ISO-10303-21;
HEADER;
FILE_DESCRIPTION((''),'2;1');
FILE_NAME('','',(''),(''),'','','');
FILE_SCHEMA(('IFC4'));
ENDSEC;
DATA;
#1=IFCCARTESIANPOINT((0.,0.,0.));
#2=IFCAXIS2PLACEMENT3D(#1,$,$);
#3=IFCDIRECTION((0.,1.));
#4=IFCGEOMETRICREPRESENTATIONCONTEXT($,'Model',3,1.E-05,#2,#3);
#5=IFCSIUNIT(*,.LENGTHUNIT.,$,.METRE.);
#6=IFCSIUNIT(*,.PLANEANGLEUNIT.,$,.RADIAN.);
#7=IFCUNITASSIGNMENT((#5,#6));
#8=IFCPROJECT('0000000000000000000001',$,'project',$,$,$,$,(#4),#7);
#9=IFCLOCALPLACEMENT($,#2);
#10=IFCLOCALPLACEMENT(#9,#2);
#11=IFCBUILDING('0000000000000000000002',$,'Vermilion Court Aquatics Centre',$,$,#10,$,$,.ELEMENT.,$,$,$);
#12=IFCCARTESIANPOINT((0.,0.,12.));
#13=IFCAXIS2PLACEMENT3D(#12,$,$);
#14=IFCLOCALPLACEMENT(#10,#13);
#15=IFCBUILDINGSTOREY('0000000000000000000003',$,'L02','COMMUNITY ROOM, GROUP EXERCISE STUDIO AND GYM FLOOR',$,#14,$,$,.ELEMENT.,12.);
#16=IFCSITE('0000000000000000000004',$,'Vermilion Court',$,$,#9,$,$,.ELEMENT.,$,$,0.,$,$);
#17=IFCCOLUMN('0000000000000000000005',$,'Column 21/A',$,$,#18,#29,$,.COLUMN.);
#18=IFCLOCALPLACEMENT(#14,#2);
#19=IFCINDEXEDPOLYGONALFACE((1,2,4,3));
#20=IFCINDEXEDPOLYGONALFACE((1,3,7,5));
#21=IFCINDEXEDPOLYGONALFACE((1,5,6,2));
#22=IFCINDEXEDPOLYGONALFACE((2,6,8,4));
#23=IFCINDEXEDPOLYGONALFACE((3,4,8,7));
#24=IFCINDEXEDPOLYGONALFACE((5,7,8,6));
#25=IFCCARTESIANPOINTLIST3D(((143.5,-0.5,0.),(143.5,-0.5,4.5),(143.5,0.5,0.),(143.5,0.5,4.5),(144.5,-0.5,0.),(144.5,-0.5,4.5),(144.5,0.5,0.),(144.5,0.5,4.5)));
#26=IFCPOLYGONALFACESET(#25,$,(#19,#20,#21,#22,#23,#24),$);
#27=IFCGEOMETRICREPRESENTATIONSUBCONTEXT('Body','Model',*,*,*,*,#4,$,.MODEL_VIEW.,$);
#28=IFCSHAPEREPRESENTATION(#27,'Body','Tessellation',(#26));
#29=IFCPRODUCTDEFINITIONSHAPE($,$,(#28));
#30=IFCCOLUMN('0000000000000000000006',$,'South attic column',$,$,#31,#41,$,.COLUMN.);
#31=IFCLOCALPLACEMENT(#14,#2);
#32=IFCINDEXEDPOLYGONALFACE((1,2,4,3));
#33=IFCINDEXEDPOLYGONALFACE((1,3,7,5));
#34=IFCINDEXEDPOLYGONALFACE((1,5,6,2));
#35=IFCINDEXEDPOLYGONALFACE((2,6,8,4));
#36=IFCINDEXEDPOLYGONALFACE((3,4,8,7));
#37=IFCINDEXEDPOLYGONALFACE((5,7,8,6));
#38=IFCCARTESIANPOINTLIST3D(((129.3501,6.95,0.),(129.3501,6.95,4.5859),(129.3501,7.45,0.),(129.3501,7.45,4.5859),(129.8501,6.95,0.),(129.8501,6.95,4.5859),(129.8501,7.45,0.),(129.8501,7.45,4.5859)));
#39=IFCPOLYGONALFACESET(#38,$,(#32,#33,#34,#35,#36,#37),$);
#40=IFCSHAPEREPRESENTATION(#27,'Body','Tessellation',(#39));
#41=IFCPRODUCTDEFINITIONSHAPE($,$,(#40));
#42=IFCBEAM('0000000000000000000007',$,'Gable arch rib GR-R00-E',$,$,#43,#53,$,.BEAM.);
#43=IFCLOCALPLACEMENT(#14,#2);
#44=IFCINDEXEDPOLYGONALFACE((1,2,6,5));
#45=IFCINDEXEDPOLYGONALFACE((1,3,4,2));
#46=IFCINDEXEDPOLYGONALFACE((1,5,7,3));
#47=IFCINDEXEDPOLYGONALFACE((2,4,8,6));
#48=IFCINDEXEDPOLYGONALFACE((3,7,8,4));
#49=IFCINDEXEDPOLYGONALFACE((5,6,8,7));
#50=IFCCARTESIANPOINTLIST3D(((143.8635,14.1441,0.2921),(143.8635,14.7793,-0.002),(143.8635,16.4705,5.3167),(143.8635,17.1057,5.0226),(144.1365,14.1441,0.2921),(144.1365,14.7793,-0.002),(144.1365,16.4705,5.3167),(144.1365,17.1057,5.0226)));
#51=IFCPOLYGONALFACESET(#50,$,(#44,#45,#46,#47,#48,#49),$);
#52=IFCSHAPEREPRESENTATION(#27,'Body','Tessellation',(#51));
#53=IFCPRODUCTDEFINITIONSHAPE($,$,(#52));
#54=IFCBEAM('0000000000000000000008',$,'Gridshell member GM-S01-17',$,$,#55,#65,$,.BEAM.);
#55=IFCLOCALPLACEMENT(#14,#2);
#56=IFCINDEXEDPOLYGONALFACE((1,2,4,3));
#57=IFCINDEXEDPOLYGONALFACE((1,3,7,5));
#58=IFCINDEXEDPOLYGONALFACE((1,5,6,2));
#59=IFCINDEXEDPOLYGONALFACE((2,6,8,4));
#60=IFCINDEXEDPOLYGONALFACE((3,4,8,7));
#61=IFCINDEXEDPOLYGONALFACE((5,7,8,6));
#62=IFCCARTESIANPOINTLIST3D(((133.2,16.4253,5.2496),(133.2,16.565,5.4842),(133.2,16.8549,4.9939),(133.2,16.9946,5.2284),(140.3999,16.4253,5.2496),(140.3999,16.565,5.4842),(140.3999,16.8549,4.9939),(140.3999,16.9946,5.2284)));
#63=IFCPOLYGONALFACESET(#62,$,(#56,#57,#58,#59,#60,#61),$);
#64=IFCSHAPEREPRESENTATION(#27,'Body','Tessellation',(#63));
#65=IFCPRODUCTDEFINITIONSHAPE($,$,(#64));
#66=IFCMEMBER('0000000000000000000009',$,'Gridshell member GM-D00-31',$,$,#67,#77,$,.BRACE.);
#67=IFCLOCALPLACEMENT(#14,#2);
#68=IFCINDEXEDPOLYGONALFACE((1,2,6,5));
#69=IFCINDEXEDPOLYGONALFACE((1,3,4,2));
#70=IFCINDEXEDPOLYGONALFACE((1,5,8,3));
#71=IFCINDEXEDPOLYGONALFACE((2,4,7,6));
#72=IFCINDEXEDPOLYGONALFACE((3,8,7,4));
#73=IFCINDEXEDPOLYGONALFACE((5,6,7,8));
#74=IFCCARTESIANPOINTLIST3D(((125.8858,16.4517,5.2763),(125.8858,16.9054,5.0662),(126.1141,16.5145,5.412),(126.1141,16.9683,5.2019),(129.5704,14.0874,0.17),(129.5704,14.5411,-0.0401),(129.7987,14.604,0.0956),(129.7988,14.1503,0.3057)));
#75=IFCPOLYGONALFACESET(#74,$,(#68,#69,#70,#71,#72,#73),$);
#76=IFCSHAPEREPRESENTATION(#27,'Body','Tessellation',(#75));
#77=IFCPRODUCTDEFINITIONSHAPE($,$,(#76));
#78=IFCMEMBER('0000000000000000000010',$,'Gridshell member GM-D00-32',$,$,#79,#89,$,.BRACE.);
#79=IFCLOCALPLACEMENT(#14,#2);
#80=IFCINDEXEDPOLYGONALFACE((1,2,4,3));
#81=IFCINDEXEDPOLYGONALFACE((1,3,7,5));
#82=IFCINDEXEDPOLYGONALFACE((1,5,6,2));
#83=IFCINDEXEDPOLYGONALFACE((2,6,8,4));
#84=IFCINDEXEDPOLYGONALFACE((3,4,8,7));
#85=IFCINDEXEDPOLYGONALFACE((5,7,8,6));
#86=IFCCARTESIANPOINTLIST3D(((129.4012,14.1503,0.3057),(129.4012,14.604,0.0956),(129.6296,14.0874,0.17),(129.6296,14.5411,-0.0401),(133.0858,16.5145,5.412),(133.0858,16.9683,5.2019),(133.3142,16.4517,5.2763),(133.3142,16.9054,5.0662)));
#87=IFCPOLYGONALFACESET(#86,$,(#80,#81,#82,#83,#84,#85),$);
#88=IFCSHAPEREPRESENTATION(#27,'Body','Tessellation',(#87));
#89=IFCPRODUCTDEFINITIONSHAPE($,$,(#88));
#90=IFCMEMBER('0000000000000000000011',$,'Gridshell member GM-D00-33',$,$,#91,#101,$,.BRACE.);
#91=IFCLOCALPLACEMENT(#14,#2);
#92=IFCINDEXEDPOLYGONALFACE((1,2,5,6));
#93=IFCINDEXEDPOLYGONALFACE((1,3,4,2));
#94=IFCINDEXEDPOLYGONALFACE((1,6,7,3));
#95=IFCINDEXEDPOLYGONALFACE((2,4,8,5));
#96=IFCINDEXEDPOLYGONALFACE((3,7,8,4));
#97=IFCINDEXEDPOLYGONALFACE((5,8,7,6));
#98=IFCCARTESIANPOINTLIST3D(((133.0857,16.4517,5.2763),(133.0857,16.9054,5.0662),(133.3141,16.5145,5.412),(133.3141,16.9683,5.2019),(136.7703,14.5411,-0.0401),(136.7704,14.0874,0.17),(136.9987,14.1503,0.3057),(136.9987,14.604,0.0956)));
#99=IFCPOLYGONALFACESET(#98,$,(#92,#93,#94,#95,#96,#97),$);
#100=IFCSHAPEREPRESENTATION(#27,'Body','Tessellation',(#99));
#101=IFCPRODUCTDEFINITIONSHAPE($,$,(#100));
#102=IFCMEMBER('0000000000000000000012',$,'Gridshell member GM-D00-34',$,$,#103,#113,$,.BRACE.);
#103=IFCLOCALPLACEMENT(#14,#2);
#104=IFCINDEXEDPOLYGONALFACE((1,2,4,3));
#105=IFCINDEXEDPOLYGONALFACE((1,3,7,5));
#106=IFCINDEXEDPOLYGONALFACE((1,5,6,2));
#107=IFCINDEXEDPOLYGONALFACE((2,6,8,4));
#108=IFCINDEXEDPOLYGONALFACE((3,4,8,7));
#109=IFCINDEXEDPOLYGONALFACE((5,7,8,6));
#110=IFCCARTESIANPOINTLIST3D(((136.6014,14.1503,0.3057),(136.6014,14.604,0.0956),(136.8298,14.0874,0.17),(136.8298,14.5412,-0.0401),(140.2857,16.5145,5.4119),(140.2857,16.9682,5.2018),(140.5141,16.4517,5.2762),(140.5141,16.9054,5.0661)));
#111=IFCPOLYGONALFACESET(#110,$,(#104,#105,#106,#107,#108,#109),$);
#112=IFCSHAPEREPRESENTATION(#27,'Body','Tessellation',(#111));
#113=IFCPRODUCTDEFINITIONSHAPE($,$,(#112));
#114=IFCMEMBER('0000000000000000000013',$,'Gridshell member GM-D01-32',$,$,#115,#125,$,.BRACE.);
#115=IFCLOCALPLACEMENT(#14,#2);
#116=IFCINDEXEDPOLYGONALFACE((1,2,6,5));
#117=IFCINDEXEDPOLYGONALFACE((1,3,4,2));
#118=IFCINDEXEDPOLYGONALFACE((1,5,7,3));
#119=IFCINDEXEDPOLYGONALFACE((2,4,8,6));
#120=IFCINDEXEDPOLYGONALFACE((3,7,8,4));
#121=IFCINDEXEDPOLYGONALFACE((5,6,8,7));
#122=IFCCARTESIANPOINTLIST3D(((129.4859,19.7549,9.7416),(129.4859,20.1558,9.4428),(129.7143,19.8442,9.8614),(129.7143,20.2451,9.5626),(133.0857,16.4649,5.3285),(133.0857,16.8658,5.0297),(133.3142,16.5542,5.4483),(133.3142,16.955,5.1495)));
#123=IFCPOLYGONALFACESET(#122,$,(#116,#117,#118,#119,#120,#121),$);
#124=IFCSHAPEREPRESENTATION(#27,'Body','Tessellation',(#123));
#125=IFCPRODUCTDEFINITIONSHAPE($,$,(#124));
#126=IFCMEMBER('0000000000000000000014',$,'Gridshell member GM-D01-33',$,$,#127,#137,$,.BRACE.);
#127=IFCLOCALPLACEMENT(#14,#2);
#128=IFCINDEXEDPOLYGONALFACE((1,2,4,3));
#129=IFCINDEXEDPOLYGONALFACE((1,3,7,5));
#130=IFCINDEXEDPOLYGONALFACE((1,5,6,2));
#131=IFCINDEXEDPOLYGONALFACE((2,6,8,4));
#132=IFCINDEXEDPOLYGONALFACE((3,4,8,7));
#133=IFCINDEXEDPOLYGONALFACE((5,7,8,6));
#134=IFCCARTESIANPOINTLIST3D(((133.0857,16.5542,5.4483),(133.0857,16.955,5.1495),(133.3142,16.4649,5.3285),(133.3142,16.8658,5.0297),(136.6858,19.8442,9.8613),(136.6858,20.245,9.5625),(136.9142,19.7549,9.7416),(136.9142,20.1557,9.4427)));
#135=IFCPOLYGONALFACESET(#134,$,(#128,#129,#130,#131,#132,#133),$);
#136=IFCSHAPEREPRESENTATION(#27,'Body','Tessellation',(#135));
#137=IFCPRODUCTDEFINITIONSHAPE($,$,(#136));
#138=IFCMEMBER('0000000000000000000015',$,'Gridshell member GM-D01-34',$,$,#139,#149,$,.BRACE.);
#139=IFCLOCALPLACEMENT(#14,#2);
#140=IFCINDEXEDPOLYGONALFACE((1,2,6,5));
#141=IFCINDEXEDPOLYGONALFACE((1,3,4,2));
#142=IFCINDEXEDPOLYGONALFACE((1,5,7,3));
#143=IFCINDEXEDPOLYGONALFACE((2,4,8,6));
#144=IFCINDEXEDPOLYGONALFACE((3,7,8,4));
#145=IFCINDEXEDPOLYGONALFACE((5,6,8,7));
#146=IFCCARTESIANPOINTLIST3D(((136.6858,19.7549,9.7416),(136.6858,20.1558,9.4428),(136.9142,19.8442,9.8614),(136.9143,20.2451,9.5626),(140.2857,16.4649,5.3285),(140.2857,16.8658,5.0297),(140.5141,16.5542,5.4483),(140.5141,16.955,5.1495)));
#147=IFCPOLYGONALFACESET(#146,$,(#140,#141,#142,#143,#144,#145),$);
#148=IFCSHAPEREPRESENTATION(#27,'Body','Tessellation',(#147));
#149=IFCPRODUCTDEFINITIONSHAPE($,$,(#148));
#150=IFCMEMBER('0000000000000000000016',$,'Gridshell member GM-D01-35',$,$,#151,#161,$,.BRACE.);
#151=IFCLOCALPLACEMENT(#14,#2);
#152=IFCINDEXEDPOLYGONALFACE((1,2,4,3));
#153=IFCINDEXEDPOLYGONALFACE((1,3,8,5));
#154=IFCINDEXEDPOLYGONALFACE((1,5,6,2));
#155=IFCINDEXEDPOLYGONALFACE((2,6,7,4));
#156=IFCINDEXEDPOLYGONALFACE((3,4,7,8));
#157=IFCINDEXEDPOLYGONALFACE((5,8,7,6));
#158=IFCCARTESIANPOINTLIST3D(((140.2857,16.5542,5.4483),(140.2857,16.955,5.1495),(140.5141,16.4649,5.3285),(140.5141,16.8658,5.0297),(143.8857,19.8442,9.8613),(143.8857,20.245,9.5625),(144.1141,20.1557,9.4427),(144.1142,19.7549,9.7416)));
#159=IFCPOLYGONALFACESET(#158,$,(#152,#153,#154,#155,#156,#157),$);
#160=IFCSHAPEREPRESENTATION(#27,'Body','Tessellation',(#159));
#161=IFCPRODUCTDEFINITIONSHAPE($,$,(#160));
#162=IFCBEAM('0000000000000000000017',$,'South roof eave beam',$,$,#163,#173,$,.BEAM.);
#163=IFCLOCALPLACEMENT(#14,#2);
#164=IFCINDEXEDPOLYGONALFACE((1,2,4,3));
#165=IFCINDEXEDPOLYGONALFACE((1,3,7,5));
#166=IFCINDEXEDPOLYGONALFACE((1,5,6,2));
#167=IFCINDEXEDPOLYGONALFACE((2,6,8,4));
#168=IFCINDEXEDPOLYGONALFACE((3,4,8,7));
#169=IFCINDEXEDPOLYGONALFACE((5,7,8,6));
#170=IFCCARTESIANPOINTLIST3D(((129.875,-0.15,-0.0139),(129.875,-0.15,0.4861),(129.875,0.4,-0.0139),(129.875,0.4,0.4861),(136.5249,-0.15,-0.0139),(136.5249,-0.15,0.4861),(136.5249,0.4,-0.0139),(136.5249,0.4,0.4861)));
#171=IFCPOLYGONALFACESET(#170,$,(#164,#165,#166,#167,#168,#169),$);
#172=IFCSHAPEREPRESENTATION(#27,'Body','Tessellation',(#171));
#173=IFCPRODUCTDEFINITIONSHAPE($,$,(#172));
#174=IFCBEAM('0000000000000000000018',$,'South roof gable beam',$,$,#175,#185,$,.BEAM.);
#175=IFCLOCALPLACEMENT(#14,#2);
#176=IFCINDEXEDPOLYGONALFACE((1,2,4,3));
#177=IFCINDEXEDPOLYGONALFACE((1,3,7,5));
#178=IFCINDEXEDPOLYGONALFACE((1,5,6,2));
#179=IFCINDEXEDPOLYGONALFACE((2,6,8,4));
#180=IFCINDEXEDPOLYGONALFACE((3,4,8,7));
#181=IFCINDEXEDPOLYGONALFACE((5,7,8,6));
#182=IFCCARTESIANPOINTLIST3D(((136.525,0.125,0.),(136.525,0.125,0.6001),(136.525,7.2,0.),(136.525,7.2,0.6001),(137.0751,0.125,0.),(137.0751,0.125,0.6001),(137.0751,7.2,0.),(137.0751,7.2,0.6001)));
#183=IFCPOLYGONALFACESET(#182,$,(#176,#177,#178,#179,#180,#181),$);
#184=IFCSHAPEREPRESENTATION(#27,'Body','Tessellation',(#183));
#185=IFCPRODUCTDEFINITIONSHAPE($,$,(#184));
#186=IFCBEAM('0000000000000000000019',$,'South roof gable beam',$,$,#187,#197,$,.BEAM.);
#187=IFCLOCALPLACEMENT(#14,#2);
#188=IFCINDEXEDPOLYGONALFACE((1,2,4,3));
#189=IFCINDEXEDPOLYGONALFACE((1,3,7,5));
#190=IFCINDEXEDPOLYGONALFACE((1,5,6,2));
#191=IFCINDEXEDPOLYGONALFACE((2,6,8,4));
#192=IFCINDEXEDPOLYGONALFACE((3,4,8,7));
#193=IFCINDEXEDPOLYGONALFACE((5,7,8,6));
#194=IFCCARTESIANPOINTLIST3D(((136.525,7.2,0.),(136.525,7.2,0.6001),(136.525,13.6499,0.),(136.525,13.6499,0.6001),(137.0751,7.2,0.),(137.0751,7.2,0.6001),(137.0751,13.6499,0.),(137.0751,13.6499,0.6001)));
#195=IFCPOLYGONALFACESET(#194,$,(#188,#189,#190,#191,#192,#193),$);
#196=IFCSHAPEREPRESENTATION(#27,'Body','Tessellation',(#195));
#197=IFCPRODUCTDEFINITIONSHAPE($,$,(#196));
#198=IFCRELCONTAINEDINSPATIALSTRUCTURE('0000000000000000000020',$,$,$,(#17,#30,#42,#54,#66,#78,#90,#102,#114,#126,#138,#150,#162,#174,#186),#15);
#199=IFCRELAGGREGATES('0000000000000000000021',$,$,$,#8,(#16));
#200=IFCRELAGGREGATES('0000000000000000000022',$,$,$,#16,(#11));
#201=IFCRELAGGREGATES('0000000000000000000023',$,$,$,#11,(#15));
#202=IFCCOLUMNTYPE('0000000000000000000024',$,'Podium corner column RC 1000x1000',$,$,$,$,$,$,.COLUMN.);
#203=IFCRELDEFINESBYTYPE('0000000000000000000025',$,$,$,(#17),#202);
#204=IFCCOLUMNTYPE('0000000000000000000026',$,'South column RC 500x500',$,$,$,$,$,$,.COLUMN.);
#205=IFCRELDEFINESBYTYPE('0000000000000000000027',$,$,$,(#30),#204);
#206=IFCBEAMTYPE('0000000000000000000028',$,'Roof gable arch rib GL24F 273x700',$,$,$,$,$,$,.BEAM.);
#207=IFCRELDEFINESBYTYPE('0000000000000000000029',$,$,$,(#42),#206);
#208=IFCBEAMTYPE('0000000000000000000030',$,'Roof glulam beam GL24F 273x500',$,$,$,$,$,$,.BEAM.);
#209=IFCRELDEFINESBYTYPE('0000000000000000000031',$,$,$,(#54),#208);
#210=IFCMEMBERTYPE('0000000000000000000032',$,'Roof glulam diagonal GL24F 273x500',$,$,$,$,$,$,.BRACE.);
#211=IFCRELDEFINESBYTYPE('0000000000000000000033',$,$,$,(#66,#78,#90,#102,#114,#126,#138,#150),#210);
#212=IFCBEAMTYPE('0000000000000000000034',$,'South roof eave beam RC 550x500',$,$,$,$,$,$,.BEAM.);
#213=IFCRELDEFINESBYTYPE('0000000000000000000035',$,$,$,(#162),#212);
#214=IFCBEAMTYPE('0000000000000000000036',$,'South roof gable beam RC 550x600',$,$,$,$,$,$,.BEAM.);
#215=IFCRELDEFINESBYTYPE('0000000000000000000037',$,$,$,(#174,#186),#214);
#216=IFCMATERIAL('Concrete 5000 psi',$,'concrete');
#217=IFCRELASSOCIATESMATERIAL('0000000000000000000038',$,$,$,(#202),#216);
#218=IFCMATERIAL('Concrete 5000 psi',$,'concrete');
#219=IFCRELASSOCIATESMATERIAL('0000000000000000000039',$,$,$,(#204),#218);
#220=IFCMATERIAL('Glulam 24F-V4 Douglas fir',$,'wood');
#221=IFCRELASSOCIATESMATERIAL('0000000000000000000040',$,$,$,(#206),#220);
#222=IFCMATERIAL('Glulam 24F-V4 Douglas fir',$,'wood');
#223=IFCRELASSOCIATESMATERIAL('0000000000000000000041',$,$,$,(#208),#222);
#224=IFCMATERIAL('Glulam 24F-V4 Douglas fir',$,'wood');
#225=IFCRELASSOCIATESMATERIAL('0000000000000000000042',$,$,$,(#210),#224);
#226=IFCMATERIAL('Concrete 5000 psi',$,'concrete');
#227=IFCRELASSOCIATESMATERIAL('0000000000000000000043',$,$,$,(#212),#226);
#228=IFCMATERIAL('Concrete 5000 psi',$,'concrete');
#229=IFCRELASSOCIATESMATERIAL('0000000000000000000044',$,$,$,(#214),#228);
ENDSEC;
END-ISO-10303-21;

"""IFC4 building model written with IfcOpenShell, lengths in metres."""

from ifc_helpers import new_model, si_unit, direction, frame, origin, origin_2d, place, context, subcontext, project, spatial, rectangle, extrude, material, material_profile, profile_set, type_object, element, save


model = new_model("IFC4")

# Units and contexts
model_context = context("Model", 3, precision=1e-05, world=origin(), true_north=direction((0.0, 1.0)))
body_context = subcontext(model_context, "Body", "Model", "MODEL_VIEW")
ifc_project = project(units=[si_unit("LENGTHUNIT", "METRE"), si_unit("PLANEANGLEUNIT", "RADIAN")], contexts=[model_context])

# Site, building, storey
site_placement = place(None, origin())
site = spatial("IfcSite", under=ifc_project, at=site_placement, Name="Vermilion Court", CompositionType="ELEMENT", RefElevation=0.0)
building_placement = place(site_placement, origin())
building = spatial("IfcBuilding", under=site, at=building_placement, Name="Vermilion Court Aquatics Centre", CompositionType="ELEMENT")
storey_placement = place(building_placement, frame((0.0, 0.0, 12.0)))
storey = spatial("IfcBuildingStorey", under=building, at=storey_placement, Name="L02", Description="COMMUNITY ROOM, GROUP EXERCISE STUDIO AND GYM FLOOR", CompositionType="ELEMENT", Elevation=12.0)

# Columns
ifc_material_1 = material(Name="Concrete 5000 psi", Category="concrete")
ifc_material_profile_1 = material_profile(ifc_material_1, rectangle(XDim=1.0, YDim=1.0, at=origin_2d()), Name="RC 1000x1000")
ifc_profile_set_1 = profile_set([ifc_material_profile_1], Name="Concrete 5000 psi")
column_type_1 = type_object("IfcColumnType", Name="Podium corner column RC 1000x1000", PredefinedType="COLUMN", material=ifc_profile_set_1)
column_1_placement = place(storey_placement, frame((144.0, 0.0, 0.0), z_axis=(0.0, 0.0, 1.0), x_axis=(1.0, 0.0, 0.0)))
element("IfcColumn", 1, at=column_1_placement, inside=storey, type_object=column_type_1, Name="Column 21/A", PredefinedType="COLUMN", context=body_context, shape_type="SweptSolid", body=[
    extrude(rectangle(XDim=1.0, YDim=1.0, at=origin_2d()), origin(), (0.0, 0.0, 1.0), 4.5),
])
ifc_material_2 = material(Name="Concrete 5000 psi", Category="concrete")
ifc_material_profile_2 = material_profile(ifc_material_2, rectangle(XDim=0.5, YDim=0.5, at=origin_2d()), Name="RC 500x500")
ifc_profile_set_2 = profile_set([ifc_material_profile_2], Name="Concrete 5000 psi")
column_type_2 = type_object("IfcColumnType", Name="South column RC 500x500", PredefinedType="COLUMN", material=ifc_profile_set_2)
column_2_placement = place(storey_placement, frame((129.6001, 7.2, 0.0), z_axis=(0.0, 0.0, 1.0), x_axis=(1.0, 0.0, 0.0)))
element("IfcColumn", 2, at=column_2_placement, inside=storey, type_object=column_type_2, Name="South attic column", PredefinedType="COLUMN", context=body_context, shape_type="SweptSolid", body=[
    extrude(rectangle(XDim=0.5, YDim=0.5, at=origin_2d()), origin(), (0.0, 0.0, 1.0), 4.5859),
])

# Beams
ifc_material_3 = material(Name="Glulam 24F-V4 Douglas fir", Category="wood")
ifc_material_profile_3 = material_profile(ifc_material_3, rectangle(XDim=0.2729, YDim=0.7, at=origin_2d()), Name="GL24F 273x700")
ifc_profile_set_3 = profile_set([ifc_material_profile_3], Name="Glulam 24F-V4 Douglas fir")
beam_type_1 = type_object("IfcBeamType", Name="Roof gable arch rib GL24F 273x700", PredefinedType="BEAM", material=ifc_profile_set_3)
beam_1_placement = place(storey_placement, frame((144.0, 14.4617, 0.145), z_axis=(0.0, 0.420151, 0.907454), x_axis=(-1.0, 0.0, 0.0)))
element("IfcBeam", 3, at=beam_1_placement, inside=storey, type_object=beam_type_1, Name="Gable arch rib GR-R00-E", PredefinedType="BEAM", context=body_context, shape_type="SweptSolid", body=[
    extrude(rectangle(XDim=0.2729, YDim=0.7, at=origin_2d()), origin(), (0.0, 0.0, 1.0), 5.5371),
])
ifc_material_4 = material(Name="Glulam 24F-V4 Douglas fir", Category="wood")
ifc_material_profile_4 = material_profile(ifc_material_4, rectangle(XDim=0.2729, YDim=0.5, at=origin_2d()), Name="GL24F 273x500")
ifc_profile_set_4 = profile_set([ifc_material_profile_4], Name="Glulam 24F-V4 Douglas fir")
beam_type_2 = type_object("IfcBeamType", Name="Roof glulam beam GL24F 273x500", PredefinedType="BEAM", material=ifc_profile_set_4)
beam_2_placement = place(storey_placement, frame((133.2, 16.71, 5.239), z_axis=(1.0, 0.0, 0.0), x_axis=(0.0, 0.511595, 0.859227)))
element("IfcBeam", 4, at=beam_2_placement, inside=storey, type_object=beam_type_2, Name="Gridshell member GM-S01-17", PredefinedType="BEAM", context=body_context, shape_type="SweptSolid", body=[
    extrude(rectangle(XDim=0.2729, YDim=0.5, at=origin_2d()), origin(), (0.0, 0.0, 1.0), 7.2),
])

# Members
ifc_material_5 = material(Name="Glulam 24F-V4 Douglas fir", Category="wood")
ifc_material_profile_5 = material_profile(ifc_material_5, rectangle(XDim=0.2729, YDim=0.5, at=origin_2d()), Name="GL24F 273x500")
ifc_profile_set_5 = profile_set([ifc_material_profile_5], Name="Glulam 24F-V4 Douglas fir")
member_type = type_object("IfcMemberType", Name="Roof glulam diagonal GL24F 273x500", PredefinedType="BRACE", material=ifc_profile_set_5)
for number, where, z_axis, x_axis, name in (
    (5, (129.6846, 14.3457, 0.1328), (-0.54781, 0.35151, 0.759174), (-0.836603, -0.230193, -0.497099), "Gridshell member GM-D00-31"),
    (6, (129.5154, 14.3457, 0.1328), (0.54781, 0.35151, 0.759174), (-0.836603, 0.230193, 0.497099), "Gridshell member GM-D00-32"),
    (7, (136.8845, 14.3457, 0.1328), (-0.54781, 0.35151, 0.759174), (-0.836603, -0.230193, -0.497099), "Gridshell member GM-D00-33"),
):
    element("IfcMember", number, at=place(storey_placement, frame(where, z_axis=z_axis, x_axis=x_axis)), inside=storey, type_object=member_type, Name=name, PredefinedType="BRACE", context=body_context, shape_type="SweptSolid", body=[
        extrude(rectangle(XDim=0.2729, YDim=0.5, at=origin_2d()), origin(), (0.0, 0.0, 1.0), 6.7261),
    ])
member_placement = place(storey_placement, frame((136.7156, 14.3457, 0.1328), z_axis=(0.547785, 0.351517, 0.759189), x_axis=(-0.836619, 0.230161, 0.497085)))
element("IfcMember", 8, at=member_placement, inside=storey, type_object=member_type, Name="Gridshell member GM-D00-34", PredefinedType="BRACE", context=body_context, shape_type="SweptSolid", body=[
    extrude(rectangle(XDim=0.2729, YDim=0.5, at=origin_2d()), origin(), (0.0, 0.0, 1.0), 6.7258),
])
for number, where, z_axis, x_axis, name in (
    (9, (133.2, 16.71, 5.239), (-0.547329, 0.500224, 0.670974), (-0.836918, -0.327083, -0.438846), "Gridshell member GM-D01-32"),
    (10, (133.2, 16.71, 5.239), (0.547355, 0.500214, 0.670961), (-0.836901, 0.327117, 0.438853), "Gridshell member GM-D01-33"),
    (11, (140.3999, 16.71, 5.239), (-0.547329, 0.500224, 0.670974), (-0.836918, -0.327083, -0.438846), "Gridshell member GM-D01-34"),
    (12, (140.3999, 16.71, 5.239), (0.547355, 0.500214, 0.670961), (-0.836901, 0.327117, 0.438853), "Gridshell member GM-D01-35"),
):
    element("IfcMember", number, at=place(storey_placement, frame(where, z_axis=z_axis, x_axis=x_axis)), inside=storey, type_object=member_type, Name=name, PredefinedType="BRACE", context=body_context, shape_type="SweptSolid", body=[
        extrude(rectangle(XDim=0.2729, YDim=0.5, at=origin_2d()), origin(), (0.0, 0.0, 1.0), 6.5771),
    ])

# Beams
ifc_material_6 = material(Name="Concrete 5000 psi", Category="concrete")
ifc_material_profile_6 = material_profile(ifc_material_6, rectangle(XDim=0.55, YDim=0.5, at=origin_2d()), Name="RC 550x500")
ifc_profile_set_6 = profile_set([ifc_material_profile_6], Name="Concrete 5000 psi")
beam_type_3 = type_object("IfcBeamType", Name="South roof eave beam RC 550x500", PredefinedType="BEAM", material=ifc_profile_set_6)
beam_3_placement = place(storey_placement, frame((129.875, 0.125, 0.2361), z_axis=(1.0, 0.0, 0.0), x_axis=(0.0, 1.0, 0.0)))
element("IfcBeam", 13, at=beam_3_placement, inside=storey, type_object=beam_type_3, Name="South roof eave beam", PredefinedType="BEAM", context=body_context, shape_type="SweptSolid", body=[
    extrude(rectangle(XDim=0.55, YDim=0.5, at=origin_2d()), origin(), (0.0, 0.0, 1.0), 6.6499),
])
ifc_material_7 = material(Name="Concrete 5000 psi", Category="concrete")
ifc_material_profile_7 = material_profile(ifc_material_7, rectangle(XDim=0.55, YDim=0.6001, at=origin_2d()), Name="RC 550x600")
ifc_profile_set_7 = profile_set([ifc_material_profile_7], Name="Concrete 5000 psi")
beam_type_4 = type_object("IfcBeamType", Name="South roof gable beam RC 550x600", PredefinedType="BEAM", material=ifc_profile_set_7)
beam_4_placement = place(storey_placement, frame((136.8, 0.125, 0.3), z_axis=(0.0, 1.0, 0.0), x_axis=(-1.0, 0.0, 0.0)))
element("IfcBeam", 14, at=beam_4_placement, inside=storey, type_object=beam_type_4, Name="South roof gable beam", PredefinedType="BEAM", context=body_context, shape_type="SweptSolid", body=[
    extrude(rectangle(XDim=0.55, YDim=0.6001, at=origin_2d()), origin(), (0.0, 0.0, 1.0), 7.075),
])
beam_5_placement = place(storey_placement, frame((136.8, 7.2, 0.3), z_axis=(0.0, 1.0, 0.0), x_axis=(-1.0, 0.0, 0.0)))
element("IfcBeam", 15, at=beam_5_placement, inside=storey, type_object=beam_type_4, Name="South roof gable beam", PredefinedType="BEAM", context=body_context, shape_type="SweptSolid", body=[
    extrude(rectangle(XDim=0.55, YDim=0.6001, at=origin_2d()), origin(), (0.0, 0.0, 1.0), 6.45),
])

save(model, "model.ifc")
